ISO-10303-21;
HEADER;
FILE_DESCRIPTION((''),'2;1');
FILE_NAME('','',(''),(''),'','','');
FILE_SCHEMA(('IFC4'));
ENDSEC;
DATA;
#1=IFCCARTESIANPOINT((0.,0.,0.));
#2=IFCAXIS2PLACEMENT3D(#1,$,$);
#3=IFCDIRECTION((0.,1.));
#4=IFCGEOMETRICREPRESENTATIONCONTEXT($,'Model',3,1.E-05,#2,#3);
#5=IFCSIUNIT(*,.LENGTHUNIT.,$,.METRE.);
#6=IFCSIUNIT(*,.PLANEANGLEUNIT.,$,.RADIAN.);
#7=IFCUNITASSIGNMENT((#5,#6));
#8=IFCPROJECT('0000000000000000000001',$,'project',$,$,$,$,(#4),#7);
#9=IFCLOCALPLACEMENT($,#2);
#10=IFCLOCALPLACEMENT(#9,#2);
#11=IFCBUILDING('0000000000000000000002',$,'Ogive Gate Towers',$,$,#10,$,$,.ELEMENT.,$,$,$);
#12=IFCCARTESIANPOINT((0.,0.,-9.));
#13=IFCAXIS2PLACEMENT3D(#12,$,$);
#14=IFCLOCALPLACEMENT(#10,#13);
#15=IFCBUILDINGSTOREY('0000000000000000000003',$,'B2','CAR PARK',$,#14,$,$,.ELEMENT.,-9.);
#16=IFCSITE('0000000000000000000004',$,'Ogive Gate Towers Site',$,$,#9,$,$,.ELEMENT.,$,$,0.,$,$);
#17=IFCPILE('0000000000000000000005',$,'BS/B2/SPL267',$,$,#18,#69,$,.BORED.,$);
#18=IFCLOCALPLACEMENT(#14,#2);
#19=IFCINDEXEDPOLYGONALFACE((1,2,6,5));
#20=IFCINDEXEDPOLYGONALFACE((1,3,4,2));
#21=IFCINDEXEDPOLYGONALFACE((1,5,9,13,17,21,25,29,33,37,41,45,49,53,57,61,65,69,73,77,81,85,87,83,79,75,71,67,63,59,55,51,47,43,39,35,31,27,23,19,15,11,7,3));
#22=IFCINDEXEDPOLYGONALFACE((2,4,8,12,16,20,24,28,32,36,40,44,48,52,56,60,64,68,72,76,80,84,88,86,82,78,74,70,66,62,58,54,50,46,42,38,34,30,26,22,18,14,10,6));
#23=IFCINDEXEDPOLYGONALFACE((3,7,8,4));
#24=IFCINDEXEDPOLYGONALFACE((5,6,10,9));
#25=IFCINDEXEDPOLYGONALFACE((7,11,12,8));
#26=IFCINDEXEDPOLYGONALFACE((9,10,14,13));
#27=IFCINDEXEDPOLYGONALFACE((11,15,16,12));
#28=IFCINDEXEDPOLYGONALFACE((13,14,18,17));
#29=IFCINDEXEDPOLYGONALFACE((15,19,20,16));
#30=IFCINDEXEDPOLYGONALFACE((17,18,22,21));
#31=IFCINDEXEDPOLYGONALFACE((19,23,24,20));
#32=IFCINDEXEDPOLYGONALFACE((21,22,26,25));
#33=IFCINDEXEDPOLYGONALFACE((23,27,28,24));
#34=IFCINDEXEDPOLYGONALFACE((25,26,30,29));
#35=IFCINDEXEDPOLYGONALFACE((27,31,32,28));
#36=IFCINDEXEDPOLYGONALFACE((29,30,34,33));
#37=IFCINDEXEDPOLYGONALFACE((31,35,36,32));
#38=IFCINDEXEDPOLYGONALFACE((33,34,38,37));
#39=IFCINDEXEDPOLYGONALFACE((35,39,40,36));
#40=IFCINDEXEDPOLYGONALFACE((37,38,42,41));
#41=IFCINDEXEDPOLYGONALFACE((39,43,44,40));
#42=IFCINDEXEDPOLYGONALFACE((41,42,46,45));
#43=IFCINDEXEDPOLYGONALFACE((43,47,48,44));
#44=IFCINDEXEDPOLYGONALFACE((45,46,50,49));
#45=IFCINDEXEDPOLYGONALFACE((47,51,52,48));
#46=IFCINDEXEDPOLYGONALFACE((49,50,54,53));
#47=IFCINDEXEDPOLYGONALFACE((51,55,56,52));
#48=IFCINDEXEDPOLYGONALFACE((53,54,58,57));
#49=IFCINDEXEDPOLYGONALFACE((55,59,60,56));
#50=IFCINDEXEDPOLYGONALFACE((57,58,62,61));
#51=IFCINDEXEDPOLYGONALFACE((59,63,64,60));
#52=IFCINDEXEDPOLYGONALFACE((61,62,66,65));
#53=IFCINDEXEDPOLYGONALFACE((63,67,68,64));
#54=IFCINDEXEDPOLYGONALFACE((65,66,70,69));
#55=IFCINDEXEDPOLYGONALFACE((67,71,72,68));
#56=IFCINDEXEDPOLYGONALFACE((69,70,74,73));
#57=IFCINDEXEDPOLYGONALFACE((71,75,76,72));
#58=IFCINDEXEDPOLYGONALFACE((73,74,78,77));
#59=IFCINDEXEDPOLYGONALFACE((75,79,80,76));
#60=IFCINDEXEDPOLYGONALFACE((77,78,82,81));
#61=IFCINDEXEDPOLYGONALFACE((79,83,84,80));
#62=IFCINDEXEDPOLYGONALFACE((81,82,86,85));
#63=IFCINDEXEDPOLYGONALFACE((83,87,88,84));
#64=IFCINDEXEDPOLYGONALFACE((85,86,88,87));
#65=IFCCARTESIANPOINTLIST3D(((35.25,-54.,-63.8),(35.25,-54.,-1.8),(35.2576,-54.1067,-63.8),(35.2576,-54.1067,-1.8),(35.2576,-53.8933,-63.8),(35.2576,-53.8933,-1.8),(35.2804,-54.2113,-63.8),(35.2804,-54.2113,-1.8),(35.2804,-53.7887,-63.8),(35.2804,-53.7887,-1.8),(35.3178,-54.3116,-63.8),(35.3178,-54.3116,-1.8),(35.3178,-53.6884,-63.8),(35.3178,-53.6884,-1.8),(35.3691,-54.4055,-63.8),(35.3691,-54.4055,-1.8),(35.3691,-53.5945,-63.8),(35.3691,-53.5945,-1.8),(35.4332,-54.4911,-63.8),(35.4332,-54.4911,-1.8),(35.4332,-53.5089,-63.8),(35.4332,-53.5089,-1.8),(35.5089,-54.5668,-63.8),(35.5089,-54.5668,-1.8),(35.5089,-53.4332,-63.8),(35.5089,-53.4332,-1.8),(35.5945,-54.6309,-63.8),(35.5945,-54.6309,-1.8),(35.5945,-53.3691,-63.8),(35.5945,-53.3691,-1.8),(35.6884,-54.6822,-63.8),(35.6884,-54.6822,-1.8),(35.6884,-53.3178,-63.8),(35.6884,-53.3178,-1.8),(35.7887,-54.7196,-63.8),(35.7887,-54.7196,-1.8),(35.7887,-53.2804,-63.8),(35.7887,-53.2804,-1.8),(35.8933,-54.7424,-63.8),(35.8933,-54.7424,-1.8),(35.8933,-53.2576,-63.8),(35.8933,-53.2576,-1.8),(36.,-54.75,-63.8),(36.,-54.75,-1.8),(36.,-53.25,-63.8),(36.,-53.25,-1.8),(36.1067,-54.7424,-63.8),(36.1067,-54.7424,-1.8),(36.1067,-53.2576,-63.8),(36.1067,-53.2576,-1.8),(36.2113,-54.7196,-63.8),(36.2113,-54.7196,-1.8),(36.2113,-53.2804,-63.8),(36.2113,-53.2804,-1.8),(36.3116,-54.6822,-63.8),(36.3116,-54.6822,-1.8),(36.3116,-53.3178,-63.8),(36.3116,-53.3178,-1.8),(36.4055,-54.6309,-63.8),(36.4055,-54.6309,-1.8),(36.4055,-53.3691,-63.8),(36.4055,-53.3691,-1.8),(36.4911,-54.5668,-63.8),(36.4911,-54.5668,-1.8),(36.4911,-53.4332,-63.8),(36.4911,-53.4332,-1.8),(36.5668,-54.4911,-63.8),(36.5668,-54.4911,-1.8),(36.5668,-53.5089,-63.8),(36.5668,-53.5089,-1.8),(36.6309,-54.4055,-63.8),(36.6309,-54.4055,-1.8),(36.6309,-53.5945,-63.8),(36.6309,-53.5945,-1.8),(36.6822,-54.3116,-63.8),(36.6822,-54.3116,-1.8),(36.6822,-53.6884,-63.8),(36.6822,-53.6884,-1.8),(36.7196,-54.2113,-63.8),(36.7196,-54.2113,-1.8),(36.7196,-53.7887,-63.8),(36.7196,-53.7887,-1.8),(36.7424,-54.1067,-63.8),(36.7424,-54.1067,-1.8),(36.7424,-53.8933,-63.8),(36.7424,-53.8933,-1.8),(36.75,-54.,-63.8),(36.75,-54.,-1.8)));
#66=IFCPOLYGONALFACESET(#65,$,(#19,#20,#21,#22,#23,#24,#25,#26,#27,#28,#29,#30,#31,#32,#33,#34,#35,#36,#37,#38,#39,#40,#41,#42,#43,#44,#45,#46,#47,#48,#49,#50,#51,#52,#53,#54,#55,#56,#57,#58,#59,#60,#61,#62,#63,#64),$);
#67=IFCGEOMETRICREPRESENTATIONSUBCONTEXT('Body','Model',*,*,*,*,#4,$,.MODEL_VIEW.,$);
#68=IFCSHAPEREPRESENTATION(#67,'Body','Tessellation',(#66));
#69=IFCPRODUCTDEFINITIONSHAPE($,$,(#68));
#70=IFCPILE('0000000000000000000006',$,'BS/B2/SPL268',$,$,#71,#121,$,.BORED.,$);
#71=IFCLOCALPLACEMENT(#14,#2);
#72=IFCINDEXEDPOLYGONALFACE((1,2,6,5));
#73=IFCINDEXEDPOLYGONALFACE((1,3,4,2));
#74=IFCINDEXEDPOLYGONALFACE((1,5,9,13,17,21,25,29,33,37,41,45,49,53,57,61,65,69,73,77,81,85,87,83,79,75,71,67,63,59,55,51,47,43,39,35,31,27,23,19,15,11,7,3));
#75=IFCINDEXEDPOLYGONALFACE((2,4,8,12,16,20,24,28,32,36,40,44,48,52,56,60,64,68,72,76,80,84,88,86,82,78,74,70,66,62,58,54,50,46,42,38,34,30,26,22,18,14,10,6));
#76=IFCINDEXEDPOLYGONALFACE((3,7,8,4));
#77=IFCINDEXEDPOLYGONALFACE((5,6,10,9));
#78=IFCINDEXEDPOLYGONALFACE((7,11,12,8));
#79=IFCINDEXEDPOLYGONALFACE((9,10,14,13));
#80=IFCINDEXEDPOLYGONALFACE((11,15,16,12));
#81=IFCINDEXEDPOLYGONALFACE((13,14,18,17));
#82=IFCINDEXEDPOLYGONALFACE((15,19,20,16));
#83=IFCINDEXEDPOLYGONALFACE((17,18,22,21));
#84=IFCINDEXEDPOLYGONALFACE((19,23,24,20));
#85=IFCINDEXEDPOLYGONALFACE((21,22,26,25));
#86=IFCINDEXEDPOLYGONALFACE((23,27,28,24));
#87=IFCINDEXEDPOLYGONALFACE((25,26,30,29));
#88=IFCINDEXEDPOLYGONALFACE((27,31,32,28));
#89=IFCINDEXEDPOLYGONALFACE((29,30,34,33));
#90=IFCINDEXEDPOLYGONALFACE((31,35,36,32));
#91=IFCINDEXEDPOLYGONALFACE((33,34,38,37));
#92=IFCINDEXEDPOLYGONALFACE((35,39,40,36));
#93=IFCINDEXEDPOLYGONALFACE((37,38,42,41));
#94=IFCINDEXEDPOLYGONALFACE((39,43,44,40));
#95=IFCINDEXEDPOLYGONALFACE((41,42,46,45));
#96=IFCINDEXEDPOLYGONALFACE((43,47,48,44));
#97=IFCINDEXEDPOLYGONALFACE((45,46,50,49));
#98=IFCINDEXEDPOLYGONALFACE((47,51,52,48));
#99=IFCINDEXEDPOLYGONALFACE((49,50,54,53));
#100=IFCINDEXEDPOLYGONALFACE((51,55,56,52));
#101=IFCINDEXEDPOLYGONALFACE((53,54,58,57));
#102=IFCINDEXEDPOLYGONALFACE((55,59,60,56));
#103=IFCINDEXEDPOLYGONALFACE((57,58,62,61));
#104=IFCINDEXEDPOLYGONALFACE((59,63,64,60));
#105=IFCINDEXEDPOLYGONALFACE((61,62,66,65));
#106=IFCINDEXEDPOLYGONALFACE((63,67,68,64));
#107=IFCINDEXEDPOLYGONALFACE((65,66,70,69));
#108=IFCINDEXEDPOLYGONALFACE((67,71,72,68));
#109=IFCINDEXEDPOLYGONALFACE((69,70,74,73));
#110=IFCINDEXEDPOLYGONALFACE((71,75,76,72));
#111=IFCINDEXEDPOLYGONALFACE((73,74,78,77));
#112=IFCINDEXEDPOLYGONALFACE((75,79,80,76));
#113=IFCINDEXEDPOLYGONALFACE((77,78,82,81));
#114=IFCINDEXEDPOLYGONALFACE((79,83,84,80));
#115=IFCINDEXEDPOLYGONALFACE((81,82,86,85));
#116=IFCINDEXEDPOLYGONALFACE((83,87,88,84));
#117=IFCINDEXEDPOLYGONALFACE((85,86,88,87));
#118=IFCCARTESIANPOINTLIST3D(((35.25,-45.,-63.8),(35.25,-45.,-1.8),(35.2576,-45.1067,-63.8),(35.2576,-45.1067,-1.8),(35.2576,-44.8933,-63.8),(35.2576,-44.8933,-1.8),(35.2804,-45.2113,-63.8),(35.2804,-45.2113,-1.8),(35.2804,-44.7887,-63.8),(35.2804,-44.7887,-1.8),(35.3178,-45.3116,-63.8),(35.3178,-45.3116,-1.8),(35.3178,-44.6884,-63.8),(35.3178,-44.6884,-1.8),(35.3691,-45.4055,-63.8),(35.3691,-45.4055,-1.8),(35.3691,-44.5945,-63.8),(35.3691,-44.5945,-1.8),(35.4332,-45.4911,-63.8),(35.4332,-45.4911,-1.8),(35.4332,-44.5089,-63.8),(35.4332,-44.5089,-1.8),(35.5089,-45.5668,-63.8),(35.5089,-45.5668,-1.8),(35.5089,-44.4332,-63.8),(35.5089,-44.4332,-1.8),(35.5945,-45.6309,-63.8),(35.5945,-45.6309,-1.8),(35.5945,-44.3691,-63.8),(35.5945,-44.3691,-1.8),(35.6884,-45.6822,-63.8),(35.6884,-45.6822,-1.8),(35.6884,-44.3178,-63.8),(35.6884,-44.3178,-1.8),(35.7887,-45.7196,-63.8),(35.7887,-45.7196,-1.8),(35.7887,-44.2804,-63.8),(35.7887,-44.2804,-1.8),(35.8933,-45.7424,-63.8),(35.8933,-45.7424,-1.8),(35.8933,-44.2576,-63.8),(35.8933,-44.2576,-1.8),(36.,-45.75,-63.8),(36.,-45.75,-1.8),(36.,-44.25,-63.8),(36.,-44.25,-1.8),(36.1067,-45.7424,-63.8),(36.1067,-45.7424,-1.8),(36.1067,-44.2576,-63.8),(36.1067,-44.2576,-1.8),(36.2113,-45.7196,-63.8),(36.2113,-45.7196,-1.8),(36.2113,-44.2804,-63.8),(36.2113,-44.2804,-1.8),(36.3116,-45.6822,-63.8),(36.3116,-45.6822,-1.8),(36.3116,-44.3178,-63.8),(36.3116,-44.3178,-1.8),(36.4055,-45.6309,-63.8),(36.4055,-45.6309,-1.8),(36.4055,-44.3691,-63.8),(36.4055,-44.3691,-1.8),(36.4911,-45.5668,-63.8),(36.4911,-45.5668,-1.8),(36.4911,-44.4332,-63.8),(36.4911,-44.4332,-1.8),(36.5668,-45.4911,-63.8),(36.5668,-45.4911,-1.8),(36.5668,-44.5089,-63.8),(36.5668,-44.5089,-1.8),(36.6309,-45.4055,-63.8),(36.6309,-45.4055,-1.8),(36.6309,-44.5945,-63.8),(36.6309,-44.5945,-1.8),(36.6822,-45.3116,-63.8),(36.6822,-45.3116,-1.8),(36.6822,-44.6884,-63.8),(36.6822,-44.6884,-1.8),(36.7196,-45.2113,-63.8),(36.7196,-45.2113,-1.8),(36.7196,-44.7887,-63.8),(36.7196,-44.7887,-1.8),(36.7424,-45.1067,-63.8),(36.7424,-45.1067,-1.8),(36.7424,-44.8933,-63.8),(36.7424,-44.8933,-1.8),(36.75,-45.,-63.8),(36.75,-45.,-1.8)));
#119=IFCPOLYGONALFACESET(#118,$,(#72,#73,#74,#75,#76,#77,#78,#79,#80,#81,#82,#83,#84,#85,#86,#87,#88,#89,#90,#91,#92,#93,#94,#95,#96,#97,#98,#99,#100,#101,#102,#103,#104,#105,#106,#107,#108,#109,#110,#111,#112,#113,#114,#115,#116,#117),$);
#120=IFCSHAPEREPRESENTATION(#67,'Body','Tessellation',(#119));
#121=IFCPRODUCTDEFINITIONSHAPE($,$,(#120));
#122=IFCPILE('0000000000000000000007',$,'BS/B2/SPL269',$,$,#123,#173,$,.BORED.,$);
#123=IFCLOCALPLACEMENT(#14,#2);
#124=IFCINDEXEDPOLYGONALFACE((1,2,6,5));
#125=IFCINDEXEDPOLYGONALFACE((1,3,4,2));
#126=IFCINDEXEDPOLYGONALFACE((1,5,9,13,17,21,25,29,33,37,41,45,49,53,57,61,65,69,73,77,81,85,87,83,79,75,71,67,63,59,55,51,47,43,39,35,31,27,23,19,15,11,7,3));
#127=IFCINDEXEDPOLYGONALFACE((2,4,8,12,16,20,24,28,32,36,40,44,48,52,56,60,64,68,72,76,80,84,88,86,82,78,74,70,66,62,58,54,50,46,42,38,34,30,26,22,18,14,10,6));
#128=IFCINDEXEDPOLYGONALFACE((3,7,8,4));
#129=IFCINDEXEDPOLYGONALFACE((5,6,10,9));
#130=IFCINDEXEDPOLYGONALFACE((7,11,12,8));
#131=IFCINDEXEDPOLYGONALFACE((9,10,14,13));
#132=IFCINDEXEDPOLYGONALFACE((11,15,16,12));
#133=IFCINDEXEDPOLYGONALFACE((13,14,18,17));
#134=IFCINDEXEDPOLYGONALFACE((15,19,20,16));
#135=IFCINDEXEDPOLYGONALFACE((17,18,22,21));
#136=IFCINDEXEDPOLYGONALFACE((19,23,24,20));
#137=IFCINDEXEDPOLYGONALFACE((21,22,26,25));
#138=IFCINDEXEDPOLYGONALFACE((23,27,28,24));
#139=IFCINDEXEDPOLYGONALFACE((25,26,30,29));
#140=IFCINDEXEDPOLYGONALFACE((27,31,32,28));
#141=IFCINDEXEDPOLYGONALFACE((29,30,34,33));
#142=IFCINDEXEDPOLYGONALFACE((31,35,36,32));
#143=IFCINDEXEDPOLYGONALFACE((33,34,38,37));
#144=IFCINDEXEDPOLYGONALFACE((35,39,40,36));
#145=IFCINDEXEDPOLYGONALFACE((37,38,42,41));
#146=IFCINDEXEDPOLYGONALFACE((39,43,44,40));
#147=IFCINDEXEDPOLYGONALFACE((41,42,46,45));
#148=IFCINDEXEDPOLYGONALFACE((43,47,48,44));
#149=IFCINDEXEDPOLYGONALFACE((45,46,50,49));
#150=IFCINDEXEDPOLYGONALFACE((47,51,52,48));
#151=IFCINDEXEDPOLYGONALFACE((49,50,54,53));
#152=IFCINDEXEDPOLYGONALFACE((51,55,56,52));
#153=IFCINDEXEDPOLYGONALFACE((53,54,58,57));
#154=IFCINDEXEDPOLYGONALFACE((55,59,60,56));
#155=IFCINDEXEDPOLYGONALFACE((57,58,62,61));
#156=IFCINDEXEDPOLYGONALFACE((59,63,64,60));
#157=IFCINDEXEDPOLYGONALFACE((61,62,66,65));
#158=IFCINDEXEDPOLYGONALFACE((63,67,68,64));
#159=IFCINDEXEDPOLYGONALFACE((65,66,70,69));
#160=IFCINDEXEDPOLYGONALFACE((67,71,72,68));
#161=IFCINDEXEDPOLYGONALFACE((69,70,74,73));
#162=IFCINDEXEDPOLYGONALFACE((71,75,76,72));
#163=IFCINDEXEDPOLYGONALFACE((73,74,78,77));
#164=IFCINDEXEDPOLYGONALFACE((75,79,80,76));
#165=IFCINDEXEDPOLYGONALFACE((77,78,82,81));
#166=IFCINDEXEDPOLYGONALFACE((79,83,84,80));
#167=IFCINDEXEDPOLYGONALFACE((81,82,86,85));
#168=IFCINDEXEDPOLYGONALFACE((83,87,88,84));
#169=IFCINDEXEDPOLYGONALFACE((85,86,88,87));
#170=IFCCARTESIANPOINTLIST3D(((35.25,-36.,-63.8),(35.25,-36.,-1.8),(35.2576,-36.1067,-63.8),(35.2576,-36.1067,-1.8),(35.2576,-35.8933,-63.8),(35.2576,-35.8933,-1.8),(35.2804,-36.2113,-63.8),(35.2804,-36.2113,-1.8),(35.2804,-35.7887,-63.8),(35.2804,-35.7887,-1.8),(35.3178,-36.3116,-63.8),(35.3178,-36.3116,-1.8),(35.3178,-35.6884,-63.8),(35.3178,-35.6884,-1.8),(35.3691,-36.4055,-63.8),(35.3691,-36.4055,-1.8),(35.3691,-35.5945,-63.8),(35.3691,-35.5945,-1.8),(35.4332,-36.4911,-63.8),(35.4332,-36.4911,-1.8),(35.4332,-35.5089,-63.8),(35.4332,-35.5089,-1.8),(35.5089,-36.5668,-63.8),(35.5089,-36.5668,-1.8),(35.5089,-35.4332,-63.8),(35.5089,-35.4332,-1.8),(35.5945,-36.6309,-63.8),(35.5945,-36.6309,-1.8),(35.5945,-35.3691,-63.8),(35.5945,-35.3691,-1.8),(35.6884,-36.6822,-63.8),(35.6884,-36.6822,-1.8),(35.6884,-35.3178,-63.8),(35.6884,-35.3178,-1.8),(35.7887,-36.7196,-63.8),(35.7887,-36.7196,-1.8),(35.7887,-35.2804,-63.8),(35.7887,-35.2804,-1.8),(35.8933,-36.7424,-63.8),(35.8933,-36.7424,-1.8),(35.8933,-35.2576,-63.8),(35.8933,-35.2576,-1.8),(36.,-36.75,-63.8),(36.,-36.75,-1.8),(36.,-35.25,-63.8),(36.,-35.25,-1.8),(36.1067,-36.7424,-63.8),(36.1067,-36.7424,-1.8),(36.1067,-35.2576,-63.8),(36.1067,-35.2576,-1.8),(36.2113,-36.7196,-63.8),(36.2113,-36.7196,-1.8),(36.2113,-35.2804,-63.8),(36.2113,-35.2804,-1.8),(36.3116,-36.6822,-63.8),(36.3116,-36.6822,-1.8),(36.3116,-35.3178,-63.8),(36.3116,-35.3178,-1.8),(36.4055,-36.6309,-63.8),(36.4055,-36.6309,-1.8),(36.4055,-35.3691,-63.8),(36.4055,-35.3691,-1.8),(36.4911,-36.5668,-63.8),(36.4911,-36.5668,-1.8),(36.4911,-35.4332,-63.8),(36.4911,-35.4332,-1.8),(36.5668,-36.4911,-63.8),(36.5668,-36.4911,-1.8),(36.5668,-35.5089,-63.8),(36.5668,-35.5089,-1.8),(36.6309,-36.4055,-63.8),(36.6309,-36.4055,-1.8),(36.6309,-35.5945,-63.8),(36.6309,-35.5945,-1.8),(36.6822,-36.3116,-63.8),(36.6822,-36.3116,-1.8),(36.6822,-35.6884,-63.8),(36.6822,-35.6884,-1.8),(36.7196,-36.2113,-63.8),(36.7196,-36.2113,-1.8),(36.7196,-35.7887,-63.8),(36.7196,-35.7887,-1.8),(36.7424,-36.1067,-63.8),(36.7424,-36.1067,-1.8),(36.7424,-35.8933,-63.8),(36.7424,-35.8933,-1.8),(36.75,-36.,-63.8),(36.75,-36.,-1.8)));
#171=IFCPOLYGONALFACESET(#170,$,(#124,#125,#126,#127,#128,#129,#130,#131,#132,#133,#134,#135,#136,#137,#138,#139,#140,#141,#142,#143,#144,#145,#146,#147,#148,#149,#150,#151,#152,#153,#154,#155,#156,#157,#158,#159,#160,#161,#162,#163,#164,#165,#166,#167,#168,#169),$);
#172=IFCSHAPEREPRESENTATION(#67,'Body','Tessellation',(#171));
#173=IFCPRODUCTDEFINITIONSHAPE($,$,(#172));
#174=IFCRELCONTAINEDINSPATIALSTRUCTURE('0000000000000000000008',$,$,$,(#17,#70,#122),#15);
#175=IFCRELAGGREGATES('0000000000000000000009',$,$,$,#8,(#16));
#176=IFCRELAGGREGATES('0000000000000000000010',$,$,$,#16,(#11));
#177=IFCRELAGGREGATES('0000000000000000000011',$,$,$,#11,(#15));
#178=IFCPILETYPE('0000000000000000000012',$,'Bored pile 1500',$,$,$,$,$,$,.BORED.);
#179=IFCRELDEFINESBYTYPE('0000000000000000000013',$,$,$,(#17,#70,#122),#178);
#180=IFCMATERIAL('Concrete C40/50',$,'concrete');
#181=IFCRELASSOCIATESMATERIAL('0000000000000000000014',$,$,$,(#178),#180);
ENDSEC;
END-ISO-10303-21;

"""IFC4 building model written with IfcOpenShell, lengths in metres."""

from ifc_helpers import new_model, si_unit, direction, frame, origin, origin_2d, place, context, subcontext, project, spatial, circle, extrude, material, material_profile, profile_set, type_object, element, save


model = new_model("IFC4")

# Units and contexts
model_context = context("Model", 3, precision=1e-05, world=origin(), true_north=direction((0.0, 1.0)))
body_context = subcontext(model_context, "Body", "Model", "MODEL_VIEW")
ifc_project = project(units=[si_unit("LENGTHUNIT", "METRE"), si_unit("PLANEANGLEUNIT", "RADIAN")], contexts=[model_context])

# Site, building, storey
site_placement = place(None, origin())
site = spatial("IfcSite", under=ifc_project, at=site_placement, Name="Ogive Gate Towers Site", CompositionType="ELEMENT", RefElevation=0.0)
building_placement = place(site_placement, origin())
building = spatial("IfcBuilding", under=site, at=building_placement, Name="Ogive Gate Towers", CompositionType="ELEMENT")
storey_placement = place(building_placement, frame((0.0, 0.0, -9.0)))
storey = spatial("IfcBuildingStorey", under=building, at=storey_placement, Name="B2", Description="CAR PARK", CompositionType="ELEMENT", Elevation=-9.0)

# Piles
ifc_material_1 = material(Name="Concrete C40/50", Category="concrete")
ifc_material_profile_1 = material_profile(ifc_material_1, circle(Radius=0.75, at=origin_2d()), Name="BP 1500")
ifc_profile_set_1 = profile_set([ifc_material_profile_1], Name="Concrete C40/50")
pile_type_1 = type_object("IfcPileType", Name="Bored pile 1500", PredefinedType="BORED", material=ifc_profile_set_1)
for number, where, z_axis, x_axis, name in (
    (1, (36.0, -54.0, -1.8), (0.0, 0.0, -1.0), (1.0, 0.0, 0.0), "BS/B2/SPL267"),
    (2, (36.0, -45.0, -1.8), (0.0, 0.0, -1.0), (1.0, 0.0, 0.0), "BS/B2/SPL268"),
    (3, (36.0, -36.0, -1.8), (0.0, 0.0, -1.0), (1.0, 0.0, 0.0), "BS/B2/SPL269"),
):
    element("IfcPile", number, at=place(storey_placement, frame(where, z_axis=z_axis, x_axis=x_axis)), inside=storey, type_object=pile_type_1, Name=name, PredefinedType="BORED", context=body_context, shape_type="SweptSolid", body=[
        extrude(circle(Radius=0.75, at=origin_2d()), origin(), (0.0, 0.0, 1.0), 62.0),
    ])

save(model, "model.ifc")
